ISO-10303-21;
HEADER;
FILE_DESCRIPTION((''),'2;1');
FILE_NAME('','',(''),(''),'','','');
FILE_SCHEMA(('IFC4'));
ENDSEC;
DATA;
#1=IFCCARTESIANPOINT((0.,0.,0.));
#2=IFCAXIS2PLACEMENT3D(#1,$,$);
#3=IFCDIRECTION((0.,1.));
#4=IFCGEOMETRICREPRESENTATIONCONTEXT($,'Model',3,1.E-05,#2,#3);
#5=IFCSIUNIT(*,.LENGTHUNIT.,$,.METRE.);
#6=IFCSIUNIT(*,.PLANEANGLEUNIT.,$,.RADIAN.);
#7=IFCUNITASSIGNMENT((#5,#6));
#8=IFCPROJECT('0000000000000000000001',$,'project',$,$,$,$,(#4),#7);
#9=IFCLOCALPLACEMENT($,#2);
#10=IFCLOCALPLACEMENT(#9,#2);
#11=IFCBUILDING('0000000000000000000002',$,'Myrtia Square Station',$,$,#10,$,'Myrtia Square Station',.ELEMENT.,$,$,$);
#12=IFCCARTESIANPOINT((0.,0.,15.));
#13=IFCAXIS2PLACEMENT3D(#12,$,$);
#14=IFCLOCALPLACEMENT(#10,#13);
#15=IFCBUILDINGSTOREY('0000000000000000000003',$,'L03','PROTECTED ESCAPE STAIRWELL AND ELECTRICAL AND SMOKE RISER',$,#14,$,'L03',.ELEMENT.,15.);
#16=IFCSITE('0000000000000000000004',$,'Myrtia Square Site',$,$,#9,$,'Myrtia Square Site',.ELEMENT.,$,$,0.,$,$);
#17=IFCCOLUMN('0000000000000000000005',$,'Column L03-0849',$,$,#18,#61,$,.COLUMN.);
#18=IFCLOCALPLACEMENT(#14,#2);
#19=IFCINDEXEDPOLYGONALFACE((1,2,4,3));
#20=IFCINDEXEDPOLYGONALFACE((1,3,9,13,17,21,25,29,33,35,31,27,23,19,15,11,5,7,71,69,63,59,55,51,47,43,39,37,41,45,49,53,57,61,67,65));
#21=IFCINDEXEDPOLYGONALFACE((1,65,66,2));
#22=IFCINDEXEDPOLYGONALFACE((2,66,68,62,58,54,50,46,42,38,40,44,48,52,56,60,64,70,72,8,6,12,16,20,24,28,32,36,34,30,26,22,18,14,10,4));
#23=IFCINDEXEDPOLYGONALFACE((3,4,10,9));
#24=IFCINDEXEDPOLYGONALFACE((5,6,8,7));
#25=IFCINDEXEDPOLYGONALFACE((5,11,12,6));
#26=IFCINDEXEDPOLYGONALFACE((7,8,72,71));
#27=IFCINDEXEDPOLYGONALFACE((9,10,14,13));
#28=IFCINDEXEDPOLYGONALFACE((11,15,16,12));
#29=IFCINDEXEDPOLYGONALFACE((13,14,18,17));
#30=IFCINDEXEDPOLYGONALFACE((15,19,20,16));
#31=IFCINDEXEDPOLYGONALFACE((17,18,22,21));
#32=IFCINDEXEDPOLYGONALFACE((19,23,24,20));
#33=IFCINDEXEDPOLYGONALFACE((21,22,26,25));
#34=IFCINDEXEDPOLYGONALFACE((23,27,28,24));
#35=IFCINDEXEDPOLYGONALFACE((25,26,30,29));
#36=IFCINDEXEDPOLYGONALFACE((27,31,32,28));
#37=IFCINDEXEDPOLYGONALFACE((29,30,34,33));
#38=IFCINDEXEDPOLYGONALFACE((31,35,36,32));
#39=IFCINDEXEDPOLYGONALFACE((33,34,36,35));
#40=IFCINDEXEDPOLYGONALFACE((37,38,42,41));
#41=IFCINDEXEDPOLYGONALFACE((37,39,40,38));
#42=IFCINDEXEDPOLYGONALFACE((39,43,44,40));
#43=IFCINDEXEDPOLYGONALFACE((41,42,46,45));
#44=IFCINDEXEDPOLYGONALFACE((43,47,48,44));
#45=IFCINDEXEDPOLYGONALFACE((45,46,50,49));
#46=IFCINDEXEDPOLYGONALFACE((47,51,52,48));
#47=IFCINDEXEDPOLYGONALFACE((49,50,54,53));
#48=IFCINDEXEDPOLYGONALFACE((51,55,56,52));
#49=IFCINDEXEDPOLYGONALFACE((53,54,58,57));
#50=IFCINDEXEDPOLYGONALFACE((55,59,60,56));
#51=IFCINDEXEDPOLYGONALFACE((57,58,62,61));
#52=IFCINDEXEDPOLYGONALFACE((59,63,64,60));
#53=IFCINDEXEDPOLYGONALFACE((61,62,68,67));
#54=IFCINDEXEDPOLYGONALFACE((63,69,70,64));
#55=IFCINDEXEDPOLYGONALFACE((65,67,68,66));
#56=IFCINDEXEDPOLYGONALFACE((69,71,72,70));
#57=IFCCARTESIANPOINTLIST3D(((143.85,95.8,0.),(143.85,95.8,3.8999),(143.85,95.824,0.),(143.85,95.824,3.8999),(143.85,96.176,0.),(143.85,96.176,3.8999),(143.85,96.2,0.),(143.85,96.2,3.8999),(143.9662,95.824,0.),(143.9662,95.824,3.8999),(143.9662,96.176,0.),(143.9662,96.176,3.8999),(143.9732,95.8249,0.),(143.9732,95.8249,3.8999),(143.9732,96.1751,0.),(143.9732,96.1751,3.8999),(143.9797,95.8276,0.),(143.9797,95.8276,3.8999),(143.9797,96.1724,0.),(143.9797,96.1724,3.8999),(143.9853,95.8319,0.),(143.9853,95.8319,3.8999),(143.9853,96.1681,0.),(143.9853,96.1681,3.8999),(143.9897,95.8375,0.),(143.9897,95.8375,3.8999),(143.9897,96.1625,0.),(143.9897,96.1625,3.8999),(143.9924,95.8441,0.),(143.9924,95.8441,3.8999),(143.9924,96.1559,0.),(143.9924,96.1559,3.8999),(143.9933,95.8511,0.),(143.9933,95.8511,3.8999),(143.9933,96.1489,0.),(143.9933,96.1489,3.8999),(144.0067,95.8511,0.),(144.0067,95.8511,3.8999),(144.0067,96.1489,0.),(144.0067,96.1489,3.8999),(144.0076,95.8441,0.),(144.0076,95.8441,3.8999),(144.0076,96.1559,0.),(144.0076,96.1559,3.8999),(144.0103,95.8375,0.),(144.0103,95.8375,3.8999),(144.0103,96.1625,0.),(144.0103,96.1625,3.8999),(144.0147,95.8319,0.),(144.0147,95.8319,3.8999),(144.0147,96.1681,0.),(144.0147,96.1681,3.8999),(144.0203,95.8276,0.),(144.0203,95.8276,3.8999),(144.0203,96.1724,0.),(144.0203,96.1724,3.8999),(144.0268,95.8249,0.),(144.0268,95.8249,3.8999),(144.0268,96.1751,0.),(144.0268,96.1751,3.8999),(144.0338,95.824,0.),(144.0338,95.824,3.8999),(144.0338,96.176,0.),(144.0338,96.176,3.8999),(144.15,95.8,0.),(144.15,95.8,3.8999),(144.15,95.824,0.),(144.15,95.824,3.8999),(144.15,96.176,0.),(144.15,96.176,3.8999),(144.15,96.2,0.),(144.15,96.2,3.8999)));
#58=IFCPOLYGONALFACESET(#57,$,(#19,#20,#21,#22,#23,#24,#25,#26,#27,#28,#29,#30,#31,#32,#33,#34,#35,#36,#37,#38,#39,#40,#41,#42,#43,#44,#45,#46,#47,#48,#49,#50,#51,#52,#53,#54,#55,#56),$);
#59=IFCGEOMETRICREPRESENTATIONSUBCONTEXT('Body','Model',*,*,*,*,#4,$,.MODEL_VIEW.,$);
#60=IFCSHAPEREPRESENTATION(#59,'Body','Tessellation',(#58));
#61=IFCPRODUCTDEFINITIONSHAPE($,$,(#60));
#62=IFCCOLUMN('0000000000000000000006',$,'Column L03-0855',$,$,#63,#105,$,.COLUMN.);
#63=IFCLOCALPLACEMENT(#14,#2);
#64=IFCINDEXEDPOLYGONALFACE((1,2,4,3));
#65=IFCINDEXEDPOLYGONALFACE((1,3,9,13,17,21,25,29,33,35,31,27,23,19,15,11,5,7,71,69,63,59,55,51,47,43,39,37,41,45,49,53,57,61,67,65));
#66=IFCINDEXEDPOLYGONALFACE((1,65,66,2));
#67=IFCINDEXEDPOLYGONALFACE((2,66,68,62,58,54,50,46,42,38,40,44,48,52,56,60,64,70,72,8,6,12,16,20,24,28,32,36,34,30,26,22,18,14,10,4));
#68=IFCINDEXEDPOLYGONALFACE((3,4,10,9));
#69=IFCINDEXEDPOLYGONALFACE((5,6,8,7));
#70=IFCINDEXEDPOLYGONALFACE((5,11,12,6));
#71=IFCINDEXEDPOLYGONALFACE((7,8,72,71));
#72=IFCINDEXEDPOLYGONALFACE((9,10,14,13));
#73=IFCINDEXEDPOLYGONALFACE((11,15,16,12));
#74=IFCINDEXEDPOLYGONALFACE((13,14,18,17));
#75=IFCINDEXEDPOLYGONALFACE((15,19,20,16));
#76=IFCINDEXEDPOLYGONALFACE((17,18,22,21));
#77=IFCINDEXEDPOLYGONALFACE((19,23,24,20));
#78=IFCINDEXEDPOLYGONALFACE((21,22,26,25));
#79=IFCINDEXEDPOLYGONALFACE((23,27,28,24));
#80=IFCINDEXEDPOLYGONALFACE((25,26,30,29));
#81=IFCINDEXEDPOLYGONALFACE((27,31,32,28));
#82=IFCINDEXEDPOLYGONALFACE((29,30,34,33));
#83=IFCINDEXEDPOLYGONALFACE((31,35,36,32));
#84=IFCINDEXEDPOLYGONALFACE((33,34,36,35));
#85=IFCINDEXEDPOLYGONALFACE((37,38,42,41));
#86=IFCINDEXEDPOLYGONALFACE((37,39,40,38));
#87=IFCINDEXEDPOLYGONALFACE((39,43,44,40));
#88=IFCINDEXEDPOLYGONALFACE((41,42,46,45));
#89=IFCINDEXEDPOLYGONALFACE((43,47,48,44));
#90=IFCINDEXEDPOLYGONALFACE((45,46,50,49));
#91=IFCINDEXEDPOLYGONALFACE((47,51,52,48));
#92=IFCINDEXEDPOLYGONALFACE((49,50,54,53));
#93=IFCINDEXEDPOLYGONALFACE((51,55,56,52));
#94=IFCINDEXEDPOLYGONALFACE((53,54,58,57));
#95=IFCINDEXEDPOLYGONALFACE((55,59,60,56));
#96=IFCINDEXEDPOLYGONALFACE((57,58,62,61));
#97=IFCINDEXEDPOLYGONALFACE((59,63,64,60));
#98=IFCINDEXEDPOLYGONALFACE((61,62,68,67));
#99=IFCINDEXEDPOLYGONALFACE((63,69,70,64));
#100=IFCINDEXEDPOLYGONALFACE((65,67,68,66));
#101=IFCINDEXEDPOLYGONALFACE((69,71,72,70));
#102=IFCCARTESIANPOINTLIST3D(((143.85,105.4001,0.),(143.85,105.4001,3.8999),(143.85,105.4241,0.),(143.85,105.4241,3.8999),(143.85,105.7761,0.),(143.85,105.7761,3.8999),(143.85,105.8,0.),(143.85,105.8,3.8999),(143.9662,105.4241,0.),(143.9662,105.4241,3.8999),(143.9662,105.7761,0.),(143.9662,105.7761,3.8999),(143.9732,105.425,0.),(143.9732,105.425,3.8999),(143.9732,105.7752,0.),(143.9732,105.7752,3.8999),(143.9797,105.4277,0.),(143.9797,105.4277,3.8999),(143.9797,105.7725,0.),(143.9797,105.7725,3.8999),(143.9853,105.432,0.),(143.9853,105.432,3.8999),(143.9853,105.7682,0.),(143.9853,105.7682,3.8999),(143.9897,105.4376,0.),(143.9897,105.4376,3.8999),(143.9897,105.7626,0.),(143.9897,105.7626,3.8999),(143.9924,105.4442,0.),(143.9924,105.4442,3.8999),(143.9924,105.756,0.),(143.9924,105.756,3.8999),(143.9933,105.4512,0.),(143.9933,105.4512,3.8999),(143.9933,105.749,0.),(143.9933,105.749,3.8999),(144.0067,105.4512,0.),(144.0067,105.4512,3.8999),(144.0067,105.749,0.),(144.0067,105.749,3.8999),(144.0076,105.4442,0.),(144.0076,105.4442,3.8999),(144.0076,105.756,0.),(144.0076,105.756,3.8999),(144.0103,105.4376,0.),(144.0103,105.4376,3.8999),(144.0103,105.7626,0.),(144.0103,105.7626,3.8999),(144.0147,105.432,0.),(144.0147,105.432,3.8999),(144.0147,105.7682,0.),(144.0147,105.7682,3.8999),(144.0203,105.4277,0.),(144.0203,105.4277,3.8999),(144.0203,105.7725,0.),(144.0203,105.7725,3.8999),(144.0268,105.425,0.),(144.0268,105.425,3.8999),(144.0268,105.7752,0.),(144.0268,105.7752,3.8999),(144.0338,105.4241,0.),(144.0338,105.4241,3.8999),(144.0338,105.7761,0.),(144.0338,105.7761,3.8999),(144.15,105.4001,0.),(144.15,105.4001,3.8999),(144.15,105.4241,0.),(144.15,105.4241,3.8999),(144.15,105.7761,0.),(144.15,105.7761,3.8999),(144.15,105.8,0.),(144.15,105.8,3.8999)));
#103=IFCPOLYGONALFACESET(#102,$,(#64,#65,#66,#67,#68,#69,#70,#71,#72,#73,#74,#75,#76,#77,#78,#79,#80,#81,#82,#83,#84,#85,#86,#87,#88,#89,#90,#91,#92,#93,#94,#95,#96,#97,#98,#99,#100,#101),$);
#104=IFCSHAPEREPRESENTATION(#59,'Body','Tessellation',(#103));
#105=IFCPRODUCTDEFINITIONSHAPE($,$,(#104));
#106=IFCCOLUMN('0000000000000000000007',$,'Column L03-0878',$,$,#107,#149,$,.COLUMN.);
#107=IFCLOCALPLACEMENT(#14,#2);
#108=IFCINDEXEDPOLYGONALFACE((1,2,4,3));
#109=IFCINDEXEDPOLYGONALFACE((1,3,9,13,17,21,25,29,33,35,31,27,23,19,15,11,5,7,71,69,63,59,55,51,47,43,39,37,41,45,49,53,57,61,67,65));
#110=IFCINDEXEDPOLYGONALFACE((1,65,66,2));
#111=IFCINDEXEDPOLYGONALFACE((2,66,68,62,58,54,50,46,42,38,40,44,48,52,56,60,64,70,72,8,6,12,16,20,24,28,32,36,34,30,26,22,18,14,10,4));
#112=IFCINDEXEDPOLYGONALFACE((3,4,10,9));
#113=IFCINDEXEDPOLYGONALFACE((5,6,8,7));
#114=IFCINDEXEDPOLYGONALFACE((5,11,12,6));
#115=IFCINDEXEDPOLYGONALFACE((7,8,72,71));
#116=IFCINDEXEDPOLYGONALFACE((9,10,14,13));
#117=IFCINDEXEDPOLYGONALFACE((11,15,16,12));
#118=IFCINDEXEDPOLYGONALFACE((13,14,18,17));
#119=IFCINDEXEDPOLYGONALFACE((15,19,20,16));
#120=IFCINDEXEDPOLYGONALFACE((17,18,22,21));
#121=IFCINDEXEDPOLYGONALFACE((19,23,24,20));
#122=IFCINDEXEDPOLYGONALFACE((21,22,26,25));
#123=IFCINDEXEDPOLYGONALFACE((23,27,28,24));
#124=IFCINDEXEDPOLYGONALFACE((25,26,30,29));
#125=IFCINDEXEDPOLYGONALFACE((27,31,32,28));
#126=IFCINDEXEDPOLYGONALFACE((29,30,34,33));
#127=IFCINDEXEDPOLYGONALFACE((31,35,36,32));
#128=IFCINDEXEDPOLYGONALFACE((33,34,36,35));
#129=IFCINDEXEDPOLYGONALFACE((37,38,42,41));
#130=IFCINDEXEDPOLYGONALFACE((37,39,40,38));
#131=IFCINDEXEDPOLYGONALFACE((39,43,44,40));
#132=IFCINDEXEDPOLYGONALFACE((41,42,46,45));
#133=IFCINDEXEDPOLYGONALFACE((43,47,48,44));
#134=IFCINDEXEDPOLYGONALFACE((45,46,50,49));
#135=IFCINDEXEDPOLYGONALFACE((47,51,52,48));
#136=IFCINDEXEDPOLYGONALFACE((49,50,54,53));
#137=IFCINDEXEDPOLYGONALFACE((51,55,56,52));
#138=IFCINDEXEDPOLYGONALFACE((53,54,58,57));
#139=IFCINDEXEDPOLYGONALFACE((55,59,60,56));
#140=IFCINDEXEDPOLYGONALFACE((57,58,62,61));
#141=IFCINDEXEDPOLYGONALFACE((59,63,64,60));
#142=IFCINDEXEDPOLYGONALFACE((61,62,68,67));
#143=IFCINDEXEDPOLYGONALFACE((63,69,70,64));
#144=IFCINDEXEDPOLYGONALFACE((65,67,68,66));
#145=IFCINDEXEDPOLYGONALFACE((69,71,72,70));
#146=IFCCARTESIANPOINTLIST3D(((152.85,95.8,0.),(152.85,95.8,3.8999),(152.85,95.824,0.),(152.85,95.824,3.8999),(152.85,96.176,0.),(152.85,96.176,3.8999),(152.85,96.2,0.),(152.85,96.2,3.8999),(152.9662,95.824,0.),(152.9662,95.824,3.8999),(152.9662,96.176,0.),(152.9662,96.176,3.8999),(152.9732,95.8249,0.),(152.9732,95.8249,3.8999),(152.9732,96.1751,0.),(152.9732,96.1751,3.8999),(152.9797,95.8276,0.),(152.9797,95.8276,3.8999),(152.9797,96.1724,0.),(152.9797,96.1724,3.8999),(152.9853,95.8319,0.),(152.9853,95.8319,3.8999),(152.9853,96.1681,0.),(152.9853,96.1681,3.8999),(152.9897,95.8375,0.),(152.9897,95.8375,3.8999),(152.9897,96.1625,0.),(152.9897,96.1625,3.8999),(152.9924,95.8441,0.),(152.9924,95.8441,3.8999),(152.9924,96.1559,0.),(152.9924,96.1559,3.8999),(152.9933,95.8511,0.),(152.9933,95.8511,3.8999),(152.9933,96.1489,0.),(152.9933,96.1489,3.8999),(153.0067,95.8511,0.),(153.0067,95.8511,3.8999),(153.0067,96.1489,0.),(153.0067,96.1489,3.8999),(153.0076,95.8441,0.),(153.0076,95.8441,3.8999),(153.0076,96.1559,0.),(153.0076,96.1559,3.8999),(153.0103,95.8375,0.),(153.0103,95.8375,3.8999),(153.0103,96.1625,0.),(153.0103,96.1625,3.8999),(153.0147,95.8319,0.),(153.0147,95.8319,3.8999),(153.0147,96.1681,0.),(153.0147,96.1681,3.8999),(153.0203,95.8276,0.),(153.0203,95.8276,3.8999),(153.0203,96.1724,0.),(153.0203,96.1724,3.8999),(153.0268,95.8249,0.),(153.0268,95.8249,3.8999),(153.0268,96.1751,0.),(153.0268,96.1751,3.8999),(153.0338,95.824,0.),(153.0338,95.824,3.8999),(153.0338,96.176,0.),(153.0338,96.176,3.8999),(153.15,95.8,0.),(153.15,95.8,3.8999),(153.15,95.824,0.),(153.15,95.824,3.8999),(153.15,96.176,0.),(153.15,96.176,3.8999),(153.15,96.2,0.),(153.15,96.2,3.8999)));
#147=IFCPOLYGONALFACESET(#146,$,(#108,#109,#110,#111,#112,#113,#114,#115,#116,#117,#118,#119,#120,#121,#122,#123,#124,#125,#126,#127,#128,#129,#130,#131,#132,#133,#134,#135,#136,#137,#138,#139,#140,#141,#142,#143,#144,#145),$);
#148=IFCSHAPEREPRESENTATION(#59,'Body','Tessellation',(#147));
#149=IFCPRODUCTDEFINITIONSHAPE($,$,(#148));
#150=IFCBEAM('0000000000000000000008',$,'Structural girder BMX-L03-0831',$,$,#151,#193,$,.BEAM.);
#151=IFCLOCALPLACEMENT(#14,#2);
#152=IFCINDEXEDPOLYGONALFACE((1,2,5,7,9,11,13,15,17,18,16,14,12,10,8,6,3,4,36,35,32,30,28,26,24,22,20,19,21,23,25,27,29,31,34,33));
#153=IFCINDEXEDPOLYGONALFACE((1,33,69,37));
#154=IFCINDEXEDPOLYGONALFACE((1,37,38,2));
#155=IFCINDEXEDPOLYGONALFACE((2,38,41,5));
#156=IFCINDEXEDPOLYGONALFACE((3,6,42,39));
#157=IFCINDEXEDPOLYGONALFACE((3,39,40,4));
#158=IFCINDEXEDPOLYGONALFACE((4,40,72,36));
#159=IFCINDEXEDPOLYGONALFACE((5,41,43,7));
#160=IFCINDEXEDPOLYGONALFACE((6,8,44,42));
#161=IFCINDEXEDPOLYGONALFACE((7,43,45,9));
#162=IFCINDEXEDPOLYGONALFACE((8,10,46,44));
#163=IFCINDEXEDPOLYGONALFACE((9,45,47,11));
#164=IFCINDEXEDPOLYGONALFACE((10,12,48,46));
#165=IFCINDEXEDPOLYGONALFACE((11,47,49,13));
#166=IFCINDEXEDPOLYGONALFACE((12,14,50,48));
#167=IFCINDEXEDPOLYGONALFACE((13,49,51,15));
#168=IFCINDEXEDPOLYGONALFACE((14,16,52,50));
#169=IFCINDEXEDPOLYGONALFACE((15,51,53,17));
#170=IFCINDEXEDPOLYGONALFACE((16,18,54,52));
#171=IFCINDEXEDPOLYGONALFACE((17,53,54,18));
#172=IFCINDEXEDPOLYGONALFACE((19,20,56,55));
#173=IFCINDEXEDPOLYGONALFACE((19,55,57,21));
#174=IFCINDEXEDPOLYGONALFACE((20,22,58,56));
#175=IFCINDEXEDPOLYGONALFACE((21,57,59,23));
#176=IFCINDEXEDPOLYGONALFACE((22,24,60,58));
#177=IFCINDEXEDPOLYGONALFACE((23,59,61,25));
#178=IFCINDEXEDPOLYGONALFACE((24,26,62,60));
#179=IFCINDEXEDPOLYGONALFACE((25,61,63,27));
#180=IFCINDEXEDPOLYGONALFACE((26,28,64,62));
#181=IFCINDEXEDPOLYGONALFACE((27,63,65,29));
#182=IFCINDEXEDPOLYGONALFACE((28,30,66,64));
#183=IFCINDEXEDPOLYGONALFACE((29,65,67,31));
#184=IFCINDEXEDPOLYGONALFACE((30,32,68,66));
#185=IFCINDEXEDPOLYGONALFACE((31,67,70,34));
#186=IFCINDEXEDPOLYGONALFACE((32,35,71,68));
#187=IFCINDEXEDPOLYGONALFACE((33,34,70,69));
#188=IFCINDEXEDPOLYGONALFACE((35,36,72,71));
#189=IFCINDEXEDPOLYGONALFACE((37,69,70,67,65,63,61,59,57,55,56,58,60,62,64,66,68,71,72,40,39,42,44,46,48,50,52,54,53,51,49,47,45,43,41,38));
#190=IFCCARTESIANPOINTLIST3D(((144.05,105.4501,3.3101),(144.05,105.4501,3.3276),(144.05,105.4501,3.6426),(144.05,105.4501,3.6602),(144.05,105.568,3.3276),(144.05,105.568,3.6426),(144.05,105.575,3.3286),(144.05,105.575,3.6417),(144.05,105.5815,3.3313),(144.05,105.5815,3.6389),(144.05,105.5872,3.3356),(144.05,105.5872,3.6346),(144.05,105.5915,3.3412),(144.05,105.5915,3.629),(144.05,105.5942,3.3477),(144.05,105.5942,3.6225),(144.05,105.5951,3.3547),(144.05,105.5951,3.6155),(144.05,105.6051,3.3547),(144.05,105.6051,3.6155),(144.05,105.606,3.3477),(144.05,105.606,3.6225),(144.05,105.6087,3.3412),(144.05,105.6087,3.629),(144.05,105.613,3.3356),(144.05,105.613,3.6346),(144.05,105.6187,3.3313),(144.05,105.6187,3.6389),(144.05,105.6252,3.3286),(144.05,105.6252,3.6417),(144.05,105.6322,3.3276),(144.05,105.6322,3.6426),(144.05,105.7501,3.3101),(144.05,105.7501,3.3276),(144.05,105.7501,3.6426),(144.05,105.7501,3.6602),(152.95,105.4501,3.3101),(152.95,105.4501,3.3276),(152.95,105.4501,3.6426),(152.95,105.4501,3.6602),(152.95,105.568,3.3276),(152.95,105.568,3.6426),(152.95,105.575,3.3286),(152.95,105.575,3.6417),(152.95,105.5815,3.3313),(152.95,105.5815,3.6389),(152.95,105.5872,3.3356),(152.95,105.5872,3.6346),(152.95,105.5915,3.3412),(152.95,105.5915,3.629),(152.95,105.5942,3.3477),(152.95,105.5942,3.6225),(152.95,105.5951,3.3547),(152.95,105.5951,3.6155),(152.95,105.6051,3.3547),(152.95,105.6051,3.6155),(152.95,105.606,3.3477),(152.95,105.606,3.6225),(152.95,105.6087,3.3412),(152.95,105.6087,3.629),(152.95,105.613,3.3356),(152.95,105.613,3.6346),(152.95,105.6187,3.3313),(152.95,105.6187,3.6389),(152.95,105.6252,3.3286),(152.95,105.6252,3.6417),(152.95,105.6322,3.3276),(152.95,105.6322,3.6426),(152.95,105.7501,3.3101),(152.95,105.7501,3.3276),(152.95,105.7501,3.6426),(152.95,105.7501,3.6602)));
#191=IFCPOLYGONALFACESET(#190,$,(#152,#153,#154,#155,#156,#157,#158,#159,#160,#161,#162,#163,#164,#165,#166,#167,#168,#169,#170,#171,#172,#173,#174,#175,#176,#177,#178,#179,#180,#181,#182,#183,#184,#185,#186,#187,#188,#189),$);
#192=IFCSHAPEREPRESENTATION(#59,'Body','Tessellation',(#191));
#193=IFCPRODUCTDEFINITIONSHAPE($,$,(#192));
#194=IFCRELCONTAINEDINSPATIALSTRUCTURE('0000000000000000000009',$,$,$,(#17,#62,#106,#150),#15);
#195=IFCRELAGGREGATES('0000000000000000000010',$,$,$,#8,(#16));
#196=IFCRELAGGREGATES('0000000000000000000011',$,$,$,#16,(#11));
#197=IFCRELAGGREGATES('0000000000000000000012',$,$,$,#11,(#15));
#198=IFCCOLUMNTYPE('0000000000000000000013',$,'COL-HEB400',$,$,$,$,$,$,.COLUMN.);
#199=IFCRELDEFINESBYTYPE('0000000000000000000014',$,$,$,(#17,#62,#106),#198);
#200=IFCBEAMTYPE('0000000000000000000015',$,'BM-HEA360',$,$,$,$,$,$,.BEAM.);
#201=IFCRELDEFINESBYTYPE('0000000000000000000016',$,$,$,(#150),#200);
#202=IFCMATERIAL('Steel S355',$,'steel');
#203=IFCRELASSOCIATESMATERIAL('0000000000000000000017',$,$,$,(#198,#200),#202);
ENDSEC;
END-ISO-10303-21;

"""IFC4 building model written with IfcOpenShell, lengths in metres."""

from ifc_helpers import new_model, si_unit, direction, frame, origin, origin_2d, place, context, subcontext, project, spatial, i_section, extrude, material, material_profile, profile_set, type_object, element, save


model = new_model("IFC4")

# Units and contexts
model_context = context("Model", 3, precision=1e-05, world=origin(), true_north=direction((0.0, 1.0)))
body_context = subcontext(model_context, "Body", "Model", "MODEL_VIEW")
ifc_project = project(units=[si_unit("LENGTHUNIT", "METRE"), si_unit("PLANEANGLEUNIT", "RADIAN")], contexts=[model_context])

# Site, building, storey
site_placement = place(None, origin())
site = spatial("IfcSite", under=ifc_project, at=site_placement, Name="Myrtia Square Site", LongName="Myrtia Square Site", CompositionType="ELEMENT", RefElevation=0.0)
building_placement = place(site_placement, origin())
building = spatial("IfcBuilding", under=site, at=building_placement, Name="Myrtia Square Station", LongName="Myrtia Square Station", CompositionType="ELEMENT")
storey_placement = place(building_placement, frame((0.0, 0.0, 15.0)))
storey = spatial("IfcBuildingStorey", under=building, at=storey_placement, Name="L03", Description="PROTECTED ESCAPE STAIRWELL AND ELECTRICAL AND SMOKE RISER", LongName="L03", CompositionType="ELEMENT", Elevation=15.0)

# Columns
ifc_material_1 = material(Name="Steel S355", Category="steel")
ifc_material_profile_1 = material_profile(ifc_material_1, i_section(OverallWidth=0.3, OverallDepth=0.3999, WebThickness=0.0134, FlangeThickness=0.0239, FilletRadius=0.0271, at=origin_2d()), Name="HEB 400")
ifc_profile_set_1 = profile_set([ifc_material_profile_1], Name="Steel S355")
column_type = type_object("IfcColumnType", Name="COL-HEB400", PredefinedType="COLUMN", material=ifc_profile_set_1)
for number, where, z_axis, x_axis, name in (
    (1, (144.0, 96.0, 0.0), (0.0, 0.0, 1.0), (1.0, 0.0, 0.0), "Column L03-0849"),
    (2, (144.0, 105.6001, 0.0), (0.0, 0.0, 1.0), (1.0, 0.0, 0.0), "Column L03-0855"),
    (3, (153.0, 96.0, 0.0), (0.0, 0.0, 1.0), (1.0, 0.0, 0.0), "Column L03-0878"),
):
    element("IfcColumn", number, at=place(storey_placement, frame(where, z_axis=z_axis, x_axis=x_axis)), inside=storey, type_object=column_type, Name=name, PredefinedType="COLUMN", context=body_context, shape_type="SweptSolid", body=[
        extrude(i_section(OverallWidth=0.3, OverallDepth=0.3999, WebThickness=0.0134, FlangeThickness=0.0239, FilletRadius=0.0271, at=origin_2d()), origin(), (0.0, 0.0, 1.0), 3.8999),
    ])

# Beam
ifc_material_profile_2 = material_profile(ifc_material_1, i_section(OverallWidth=0.3, OverallDepth=0.3501, WebThickness=0.01, FlangeThickness=0.0176, FilletRadius=0.0271, at=origin_2d()), Name="HEA 360")
ifc_profile_set_2 = profile_set([ifc_material_profile_2], Name="Steel S355")
beam_type_1 = type_object("IfcBeamType", Name="BM-HEA360", PredefinedType="BEAM", material=ifc_profile_set_2)
beam_1_placement = place(storey_placement, frame((144.05, 105.6001, 3.4851), z_axis=(1.0, 0.0, 0.0), x_axis=(0.0, 1.0, 0.0)))
element("IfcBeam", 4, at=beam_1_placement, inside=storey, type_object=beam_type_1, Name="Structural girder BMX-L03-0831", PredefinedType="BEAM", context=body_context, shape_type="SweptSolid", body=[
    extrude(i_section(OverallWidth=0.3, OverallDepth=0.3501, WebThickness=0.01, FlangeThickness=0.0176, FilletRadius=0.0271, at=origin_2d()), origin(), (0.0, 0.0, 1.0), 8.8999),
])

save(model, "model.ifc")
